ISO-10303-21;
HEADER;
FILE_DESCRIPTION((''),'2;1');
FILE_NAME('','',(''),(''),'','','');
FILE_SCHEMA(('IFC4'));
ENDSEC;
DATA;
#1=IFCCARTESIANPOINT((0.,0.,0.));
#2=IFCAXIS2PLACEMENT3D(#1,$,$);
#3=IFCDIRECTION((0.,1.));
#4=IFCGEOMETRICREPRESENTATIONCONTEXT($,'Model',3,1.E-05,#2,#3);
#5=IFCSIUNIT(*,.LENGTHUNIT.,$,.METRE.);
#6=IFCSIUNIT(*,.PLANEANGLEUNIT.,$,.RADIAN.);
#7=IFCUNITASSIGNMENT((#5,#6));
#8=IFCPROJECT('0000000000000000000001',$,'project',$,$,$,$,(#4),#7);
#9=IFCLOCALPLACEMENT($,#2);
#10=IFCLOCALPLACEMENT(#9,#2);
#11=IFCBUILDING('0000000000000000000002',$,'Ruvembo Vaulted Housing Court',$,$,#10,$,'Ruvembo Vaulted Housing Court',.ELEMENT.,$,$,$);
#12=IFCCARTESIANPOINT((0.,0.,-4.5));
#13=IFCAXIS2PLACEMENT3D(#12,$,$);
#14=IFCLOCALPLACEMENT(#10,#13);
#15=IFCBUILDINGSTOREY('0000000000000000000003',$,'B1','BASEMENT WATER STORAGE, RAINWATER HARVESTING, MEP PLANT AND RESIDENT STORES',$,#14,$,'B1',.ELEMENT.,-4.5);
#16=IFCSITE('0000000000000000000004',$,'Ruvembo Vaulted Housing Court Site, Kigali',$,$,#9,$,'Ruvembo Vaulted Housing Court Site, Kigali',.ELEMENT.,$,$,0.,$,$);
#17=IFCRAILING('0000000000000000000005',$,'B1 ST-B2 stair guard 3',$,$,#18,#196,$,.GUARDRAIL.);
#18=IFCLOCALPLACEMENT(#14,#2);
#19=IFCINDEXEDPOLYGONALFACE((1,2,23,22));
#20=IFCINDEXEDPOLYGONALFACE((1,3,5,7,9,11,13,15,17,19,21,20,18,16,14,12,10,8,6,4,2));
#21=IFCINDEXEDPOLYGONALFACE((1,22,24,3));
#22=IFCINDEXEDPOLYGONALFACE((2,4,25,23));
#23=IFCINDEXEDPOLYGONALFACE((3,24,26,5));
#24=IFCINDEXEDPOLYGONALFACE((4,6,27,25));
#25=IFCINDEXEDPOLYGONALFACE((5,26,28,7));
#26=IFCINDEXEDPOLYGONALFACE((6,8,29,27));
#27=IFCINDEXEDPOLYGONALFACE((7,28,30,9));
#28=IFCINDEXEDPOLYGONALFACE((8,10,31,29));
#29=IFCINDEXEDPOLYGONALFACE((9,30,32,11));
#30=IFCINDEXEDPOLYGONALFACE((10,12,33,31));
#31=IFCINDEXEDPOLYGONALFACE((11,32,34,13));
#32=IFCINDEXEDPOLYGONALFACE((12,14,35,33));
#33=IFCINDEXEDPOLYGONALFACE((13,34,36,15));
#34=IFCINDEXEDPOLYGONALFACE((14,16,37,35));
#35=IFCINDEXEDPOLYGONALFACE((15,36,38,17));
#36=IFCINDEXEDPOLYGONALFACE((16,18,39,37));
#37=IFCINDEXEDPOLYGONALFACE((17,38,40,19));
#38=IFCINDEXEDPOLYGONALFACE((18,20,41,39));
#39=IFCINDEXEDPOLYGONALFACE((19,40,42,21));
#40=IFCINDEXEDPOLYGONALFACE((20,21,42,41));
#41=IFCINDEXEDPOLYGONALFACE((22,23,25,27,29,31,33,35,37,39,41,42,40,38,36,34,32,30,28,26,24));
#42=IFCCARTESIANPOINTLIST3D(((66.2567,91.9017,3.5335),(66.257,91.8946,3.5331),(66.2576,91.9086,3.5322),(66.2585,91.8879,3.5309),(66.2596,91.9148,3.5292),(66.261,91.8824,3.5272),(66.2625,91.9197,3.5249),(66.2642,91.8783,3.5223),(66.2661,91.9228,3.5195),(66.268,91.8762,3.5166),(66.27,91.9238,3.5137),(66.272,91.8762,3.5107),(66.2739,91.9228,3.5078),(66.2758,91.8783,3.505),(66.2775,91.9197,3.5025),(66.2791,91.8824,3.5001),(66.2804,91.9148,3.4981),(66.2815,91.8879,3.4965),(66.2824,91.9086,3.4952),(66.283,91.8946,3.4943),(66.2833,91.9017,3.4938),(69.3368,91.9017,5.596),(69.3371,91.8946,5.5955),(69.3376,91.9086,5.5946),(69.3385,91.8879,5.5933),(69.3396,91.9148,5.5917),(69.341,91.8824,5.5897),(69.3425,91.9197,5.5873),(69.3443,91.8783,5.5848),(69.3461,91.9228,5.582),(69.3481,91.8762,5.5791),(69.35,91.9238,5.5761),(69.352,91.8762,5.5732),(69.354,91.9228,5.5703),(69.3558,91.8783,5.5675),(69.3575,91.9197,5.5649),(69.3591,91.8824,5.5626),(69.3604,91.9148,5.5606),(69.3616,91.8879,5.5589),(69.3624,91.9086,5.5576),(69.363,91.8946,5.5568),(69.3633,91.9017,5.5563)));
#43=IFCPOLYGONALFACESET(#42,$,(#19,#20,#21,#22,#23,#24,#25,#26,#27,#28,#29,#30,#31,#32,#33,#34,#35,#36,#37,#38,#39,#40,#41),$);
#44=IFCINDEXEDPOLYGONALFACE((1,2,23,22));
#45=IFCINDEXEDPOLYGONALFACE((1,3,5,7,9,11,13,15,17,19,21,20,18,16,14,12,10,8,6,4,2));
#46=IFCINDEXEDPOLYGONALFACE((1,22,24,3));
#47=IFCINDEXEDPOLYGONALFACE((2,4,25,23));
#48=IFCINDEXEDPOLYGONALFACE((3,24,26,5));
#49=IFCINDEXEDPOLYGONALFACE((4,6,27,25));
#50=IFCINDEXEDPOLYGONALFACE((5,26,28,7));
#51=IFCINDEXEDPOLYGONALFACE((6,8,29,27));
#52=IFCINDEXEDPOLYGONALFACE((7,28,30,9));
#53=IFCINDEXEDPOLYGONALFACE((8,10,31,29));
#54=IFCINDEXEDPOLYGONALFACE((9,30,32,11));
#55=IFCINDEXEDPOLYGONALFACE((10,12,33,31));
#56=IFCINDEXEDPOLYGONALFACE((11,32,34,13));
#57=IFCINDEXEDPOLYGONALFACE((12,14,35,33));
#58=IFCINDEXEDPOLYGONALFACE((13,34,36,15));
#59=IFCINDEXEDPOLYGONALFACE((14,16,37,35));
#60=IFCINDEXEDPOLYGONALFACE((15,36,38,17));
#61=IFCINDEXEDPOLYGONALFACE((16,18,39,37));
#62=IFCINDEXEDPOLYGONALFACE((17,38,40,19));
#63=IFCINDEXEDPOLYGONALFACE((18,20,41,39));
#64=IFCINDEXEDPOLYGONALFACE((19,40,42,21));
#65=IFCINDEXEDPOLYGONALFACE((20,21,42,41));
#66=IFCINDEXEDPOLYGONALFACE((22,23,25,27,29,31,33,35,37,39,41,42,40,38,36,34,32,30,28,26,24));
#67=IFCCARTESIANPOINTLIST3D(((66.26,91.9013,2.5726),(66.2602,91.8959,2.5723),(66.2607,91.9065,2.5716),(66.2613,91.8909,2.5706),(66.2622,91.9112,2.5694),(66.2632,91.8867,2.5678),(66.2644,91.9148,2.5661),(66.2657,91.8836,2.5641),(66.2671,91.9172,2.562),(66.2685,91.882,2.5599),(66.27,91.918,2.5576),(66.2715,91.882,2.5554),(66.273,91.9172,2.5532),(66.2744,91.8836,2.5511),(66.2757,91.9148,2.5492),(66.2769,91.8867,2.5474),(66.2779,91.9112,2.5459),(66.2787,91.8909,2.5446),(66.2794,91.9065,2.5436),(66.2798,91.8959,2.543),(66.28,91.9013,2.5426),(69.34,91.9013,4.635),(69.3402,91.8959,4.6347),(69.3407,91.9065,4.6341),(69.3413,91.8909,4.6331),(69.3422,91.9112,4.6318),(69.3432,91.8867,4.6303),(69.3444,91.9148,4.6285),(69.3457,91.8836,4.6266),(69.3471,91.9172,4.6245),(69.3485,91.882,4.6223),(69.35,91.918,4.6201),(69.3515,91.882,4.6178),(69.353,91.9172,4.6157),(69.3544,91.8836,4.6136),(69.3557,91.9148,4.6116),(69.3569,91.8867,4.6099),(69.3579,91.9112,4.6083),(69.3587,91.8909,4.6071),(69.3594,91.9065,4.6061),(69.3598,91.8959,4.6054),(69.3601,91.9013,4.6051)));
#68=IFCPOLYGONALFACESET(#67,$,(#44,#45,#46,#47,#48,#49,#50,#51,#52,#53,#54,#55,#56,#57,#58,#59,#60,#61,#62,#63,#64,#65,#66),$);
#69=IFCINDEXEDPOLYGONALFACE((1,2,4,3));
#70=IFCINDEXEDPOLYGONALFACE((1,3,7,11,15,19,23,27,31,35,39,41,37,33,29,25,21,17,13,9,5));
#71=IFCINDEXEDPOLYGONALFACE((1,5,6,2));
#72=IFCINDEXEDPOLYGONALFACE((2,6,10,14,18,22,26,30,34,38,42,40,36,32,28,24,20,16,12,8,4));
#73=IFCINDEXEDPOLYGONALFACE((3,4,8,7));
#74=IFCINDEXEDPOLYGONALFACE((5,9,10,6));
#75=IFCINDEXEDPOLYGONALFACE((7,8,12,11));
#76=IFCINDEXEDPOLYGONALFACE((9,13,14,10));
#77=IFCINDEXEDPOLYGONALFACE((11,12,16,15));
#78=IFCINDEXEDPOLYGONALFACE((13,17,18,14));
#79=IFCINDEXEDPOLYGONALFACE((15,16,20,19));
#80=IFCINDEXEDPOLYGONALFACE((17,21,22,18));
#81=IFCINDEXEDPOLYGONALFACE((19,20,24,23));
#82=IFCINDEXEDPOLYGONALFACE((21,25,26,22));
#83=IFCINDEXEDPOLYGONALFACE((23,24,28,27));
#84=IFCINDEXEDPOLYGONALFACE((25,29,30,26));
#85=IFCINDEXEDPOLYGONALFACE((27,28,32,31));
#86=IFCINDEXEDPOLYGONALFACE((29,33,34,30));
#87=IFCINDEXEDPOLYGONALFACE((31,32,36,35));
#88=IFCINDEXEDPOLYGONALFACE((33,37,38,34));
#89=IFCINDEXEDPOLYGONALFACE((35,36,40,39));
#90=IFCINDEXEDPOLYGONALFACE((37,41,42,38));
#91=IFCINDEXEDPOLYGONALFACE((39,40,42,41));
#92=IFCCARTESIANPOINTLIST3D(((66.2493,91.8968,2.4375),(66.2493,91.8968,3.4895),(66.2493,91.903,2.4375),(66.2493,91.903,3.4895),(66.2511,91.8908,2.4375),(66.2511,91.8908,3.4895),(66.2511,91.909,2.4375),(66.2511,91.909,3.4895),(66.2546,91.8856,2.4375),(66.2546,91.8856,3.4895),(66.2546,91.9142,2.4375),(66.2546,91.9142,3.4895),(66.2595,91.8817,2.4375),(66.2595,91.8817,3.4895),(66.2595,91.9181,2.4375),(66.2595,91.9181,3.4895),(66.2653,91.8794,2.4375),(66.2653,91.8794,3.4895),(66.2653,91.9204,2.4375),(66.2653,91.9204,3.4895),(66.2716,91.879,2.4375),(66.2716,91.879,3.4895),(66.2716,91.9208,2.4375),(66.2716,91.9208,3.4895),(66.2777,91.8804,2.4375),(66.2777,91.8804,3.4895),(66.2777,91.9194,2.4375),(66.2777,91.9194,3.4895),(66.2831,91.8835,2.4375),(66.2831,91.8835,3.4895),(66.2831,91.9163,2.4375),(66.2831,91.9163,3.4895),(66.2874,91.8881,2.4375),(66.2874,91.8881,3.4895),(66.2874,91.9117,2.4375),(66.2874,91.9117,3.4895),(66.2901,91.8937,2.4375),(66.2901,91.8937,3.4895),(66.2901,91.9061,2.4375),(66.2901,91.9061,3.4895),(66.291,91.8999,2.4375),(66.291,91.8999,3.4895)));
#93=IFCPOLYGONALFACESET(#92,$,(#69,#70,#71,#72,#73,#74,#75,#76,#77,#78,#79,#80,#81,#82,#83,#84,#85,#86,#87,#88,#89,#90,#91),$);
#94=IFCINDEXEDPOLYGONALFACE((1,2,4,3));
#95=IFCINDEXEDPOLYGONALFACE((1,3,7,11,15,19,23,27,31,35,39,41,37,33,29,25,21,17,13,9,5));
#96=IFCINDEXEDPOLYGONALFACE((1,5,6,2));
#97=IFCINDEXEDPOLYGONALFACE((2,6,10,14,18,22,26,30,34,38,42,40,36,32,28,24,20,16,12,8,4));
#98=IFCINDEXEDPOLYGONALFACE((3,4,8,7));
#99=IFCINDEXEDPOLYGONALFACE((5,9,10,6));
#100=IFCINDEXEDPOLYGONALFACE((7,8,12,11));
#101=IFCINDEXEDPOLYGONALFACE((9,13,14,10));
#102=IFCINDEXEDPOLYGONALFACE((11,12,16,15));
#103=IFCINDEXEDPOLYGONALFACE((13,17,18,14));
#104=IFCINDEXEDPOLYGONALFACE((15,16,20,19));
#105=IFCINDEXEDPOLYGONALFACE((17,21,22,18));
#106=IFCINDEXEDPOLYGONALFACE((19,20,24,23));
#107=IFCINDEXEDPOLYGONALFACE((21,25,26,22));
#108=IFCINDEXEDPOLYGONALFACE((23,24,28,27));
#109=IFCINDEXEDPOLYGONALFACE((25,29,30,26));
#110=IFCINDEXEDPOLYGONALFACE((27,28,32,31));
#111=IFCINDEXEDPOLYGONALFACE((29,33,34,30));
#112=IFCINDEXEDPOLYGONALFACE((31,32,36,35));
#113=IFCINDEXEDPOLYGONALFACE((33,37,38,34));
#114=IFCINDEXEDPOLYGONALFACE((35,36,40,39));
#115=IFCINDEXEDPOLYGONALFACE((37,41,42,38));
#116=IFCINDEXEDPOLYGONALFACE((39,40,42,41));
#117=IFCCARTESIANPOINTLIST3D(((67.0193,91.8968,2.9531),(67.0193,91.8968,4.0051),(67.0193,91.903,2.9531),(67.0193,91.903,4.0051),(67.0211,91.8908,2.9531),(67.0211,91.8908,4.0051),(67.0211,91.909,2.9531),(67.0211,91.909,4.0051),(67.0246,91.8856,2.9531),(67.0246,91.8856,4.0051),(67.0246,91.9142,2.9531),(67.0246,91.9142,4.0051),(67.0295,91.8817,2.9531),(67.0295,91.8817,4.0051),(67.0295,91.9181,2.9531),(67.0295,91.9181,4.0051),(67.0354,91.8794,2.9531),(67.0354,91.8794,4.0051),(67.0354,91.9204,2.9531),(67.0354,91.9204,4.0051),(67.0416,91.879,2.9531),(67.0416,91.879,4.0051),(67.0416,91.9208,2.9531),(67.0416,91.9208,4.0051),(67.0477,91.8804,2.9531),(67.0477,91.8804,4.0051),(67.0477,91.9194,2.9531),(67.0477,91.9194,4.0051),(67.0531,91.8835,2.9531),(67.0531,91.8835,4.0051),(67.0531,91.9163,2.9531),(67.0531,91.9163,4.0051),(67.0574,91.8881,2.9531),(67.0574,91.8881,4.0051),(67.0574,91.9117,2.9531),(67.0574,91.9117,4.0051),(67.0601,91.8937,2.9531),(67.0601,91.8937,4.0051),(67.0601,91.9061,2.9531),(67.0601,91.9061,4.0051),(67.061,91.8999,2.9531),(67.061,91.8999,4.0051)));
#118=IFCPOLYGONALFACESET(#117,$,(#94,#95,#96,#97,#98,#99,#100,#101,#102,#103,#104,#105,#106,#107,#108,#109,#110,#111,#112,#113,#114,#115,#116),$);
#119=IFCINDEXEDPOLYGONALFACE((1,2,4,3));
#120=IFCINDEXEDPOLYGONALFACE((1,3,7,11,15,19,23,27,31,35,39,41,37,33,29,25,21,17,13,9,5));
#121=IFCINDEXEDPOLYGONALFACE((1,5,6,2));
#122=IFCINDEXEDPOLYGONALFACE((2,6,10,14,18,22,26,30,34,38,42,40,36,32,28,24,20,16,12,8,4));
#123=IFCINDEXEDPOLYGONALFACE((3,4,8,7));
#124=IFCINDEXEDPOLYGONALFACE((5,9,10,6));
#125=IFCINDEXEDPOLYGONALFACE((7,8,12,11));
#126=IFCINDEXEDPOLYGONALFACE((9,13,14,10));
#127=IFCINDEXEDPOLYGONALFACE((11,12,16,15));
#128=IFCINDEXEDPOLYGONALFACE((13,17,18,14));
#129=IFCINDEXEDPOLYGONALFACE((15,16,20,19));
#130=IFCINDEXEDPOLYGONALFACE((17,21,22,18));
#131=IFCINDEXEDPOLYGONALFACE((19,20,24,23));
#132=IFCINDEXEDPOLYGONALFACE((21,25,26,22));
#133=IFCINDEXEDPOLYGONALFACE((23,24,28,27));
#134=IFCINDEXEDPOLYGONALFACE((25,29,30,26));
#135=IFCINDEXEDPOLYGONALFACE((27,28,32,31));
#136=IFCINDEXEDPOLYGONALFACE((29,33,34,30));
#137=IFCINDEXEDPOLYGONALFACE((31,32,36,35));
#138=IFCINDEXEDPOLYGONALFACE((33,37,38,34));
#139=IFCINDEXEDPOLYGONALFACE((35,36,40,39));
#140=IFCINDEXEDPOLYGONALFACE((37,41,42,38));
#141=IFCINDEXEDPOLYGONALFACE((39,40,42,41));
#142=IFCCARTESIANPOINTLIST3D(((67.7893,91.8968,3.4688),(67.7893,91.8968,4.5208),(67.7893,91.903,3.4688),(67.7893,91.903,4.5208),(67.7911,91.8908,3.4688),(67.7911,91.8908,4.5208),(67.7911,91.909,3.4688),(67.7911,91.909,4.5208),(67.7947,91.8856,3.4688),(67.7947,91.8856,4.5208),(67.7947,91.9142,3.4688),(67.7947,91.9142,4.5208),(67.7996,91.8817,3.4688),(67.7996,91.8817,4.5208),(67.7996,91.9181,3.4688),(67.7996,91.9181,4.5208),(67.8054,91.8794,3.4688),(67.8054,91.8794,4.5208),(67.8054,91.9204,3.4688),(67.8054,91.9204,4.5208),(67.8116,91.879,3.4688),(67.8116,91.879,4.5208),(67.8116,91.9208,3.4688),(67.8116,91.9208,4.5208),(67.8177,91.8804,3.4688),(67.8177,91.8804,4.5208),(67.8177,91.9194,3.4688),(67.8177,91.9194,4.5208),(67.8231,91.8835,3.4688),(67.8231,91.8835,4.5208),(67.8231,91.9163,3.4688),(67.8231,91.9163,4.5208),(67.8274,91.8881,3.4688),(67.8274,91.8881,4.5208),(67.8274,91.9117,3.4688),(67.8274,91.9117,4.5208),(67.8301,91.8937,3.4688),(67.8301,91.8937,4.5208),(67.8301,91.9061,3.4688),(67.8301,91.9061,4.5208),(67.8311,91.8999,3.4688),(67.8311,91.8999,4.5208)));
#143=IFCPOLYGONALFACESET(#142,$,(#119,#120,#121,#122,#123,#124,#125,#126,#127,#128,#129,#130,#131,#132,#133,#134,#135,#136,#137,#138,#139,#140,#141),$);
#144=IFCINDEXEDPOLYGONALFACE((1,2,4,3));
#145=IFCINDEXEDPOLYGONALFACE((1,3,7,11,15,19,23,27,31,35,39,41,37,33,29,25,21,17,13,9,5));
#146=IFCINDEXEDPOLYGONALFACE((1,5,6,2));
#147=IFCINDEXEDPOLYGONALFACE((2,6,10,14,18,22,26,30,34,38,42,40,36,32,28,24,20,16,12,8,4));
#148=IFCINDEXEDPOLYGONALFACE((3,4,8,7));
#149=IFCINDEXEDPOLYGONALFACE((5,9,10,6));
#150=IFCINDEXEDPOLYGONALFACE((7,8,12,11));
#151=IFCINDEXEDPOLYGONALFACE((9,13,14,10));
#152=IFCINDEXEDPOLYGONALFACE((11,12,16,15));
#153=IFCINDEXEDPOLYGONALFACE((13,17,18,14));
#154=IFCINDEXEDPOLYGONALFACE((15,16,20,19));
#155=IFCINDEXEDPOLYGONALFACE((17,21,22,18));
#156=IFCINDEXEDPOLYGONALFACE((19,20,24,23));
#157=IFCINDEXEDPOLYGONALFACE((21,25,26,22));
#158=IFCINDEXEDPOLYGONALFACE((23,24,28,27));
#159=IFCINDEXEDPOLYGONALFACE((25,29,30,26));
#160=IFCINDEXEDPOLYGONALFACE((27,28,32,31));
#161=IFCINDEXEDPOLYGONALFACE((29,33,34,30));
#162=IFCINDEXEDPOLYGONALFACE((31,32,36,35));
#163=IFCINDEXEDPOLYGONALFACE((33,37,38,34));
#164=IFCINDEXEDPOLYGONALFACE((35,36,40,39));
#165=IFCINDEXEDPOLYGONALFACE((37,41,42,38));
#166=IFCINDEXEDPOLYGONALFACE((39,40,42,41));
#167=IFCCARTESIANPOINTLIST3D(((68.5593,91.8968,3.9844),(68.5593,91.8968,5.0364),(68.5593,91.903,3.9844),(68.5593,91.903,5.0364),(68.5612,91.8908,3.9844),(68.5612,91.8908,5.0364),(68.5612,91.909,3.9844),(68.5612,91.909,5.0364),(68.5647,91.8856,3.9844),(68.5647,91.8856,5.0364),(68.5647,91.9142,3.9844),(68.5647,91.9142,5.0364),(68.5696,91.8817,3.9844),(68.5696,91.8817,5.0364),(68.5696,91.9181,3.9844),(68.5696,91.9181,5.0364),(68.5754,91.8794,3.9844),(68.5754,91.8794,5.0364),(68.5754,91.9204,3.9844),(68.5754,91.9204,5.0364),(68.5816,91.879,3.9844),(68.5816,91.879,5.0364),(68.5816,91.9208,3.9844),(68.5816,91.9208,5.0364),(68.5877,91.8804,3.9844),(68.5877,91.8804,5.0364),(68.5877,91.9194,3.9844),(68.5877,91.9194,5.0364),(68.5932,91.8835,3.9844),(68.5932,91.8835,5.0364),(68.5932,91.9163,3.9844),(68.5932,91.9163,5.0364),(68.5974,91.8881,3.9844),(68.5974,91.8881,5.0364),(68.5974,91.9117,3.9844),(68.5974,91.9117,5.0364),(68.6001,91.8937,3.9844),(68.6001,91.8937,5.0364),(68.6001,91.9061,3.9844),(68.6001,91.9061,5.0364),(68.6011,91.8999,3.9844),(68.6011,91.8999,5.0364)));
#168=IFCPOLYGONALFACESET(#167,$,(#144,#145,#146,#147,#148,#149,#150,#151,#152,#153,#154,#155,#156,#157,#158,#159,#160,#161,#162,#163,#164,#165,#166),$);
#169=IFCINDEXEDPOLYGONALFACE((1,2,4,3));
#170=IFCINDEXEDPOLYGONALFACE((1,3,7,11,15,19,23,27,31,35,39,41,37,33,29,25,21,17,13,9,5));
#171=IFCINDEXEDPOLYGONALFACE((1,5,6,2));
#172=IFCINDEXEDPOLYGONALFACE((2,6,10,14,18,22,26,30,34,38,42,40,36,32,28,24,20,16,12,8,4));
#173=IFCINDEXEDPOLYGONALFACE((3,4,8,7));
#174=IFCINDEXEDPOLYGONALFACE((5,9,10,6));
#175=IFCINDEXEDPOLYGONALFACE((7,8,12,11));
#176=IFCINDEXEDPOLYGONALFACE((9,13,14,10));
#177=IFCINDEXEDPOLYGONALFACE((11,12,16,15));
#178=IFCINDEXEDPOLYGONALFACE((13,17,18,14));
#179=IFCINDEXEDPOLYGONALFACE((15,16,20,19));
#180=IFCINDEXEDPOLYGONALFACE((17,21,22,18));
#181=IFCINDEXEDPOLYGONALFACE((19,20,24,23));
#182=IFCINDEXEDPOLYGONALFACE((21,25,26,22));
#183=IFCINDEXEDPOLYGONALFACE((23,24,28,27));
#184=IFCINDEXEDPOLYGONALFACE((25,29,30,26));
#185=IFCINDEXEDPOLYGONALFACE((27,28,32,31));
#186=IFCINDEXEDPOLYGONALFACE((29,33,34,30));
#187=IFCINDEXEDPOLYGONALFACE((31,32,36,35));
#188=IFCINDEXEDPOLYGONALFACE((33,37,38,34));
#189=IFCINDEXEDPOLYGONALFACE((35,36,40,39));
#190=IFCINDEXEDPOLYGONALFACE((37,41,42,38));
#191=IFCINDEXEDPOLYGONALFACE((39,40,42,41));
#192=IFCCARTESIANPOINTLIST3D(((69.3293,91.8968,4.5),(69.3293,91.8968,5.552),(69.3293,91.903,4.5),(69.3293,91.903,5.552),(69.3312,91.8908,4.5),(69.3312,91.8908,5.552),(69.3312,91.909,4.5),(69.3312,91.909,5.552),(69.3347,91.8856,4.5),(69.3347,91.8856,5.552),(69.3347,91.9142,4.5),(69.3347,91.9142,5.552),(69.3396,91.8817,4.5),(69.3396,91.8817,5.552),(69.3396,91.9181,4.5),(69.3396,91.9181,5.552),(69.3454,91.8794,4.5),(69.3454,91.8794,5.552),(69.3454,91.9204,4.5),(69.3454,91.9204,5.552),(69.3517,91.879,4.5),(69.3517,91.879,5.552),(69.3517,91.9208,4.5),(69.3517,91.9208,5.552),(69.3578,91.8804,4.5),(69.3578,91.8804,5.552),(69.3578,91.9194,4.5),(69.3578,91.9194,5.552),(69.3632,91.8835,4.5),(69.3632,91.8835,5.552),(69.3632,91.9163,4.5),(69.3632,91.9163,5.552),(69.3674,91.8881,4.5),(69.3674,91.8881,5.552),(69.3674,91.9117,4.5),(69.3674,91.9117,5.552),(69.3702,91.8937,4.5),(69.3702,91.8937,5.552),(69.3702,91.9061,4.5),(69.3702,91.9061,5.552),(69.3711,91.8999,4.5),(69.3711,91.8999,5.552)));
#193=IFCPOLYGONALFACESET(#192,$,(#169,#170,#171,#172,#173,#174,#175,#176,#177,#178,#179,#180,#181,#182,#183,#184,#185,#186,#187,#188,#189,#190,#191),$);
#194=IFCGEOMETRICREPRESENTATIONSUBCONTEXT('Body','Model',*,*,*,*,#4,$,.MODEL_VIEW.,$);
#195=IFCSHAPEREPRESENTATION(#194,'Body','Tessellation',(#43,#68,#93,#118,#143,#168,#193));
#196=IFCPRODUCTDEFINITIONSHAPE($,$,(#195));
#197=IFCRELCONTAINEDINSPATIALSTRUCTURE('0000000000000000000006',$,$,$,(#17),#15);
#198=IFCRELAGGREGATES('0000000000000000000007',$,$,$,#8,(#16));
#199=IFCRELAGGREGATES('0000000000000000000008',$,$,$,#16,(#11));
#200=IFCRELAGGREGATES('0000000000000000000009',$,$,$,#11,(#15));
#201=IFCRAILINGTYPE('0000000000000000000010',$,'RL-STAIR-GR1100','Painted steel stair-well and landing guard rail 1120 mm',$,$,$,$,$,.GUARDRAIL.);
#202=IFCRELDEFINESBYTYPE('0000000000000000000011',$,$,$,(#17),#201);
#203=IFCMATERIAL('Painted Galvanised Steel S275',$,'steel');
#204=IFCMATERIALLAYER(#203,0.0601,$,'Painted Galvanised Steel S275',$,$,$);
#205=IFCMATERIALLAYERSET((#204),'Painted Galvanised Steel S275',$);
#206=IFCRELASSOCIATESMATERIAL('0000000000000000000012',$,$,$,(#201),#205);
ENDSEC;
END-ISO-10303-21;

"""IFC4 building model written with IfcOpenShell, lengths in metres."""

from ifc_helpers import new_model, si_unit, direction, frame, origin, origin_2d, place, context, subcontext, project, spatial, circle, extrude, material, layer, layer_set, type_object, element, save


model = new_model("IFC4")

# Units and contexts
model_context = context("Model", 3, precision=1e-05, world=origin(), true_north=direction((0.0, 1.0)))
body_context = subcontext(model_context, "Body", "Model", "MODEL_VIEW")
ifc_project = project(units=[si_unit("LENGTHUNIT", "METRE"), si_unit("PLANEANGLEUNIT", "RADIAN")], contexts=[model_context])

# Site, building, storey
site_placement = place(None, origin())
site = spatial("IfcSite", under=ifc_project, at=site_placement, Name="Ruvembo Vaulted Housing Court Site, Kigali", LongName="Ruvembo Vaulted Housing Court Site, Kigali", CompositionType="ELEMENT", RefElevation=0.0)
building_placement = place(site_placement, origin())
building = spatial("IfcBuilding", under=site, at=building_placement, Name="Ruvembo Vaulted Housing Court", LongName="Ruvembo Vaulted Housing Court", CompositionType="ELEMENT")
storey_placement = place(building_placement, frame((0.0, 0.0, -4.5)))
storey = spatial("IfcBuildingStorey", under=building, at=storey_placement, Name="B1", Description="BASEMENT WATER STORAGE, RAINWATER HARVESTING, MEP PLANT AND RESIDENT STORES", LongName="B1", CompositionType="ELEMENT", Elevation=-4.5)

# Railing
ifc_material_1 = material(Name="Painted Galvanised Steel S275", Category="steel")
ifc_layer_1 = layer(ifc_material_1, 0.0601, Name="Painted Galvanised Steel S275")
ifc_layer_set_1 = layer_set([ifc_layer_1], Name="Painted Galvanised Steel S275")
railing_type_1 = type_object("IfcRailingType", Name="RL-STAIR-GR1100", Description="Painted steel stair-well and landing guard rail 1120 mm", PredefinedType="GUARDRAIL", material=ifc_layer_set_1)
railing_1_placement = place(storey_placement, frame((66.27, 91.8999, 2.4375)))
element("IfcRailing", 1, at=railing_1_placement, inside=storey, type_object=railing_type_1, Name="B1 ST-B2 stair guard 3", PredefinedType="GUARDRAIL", context=body_context, shape_type="SweptSolid", body=[
    extrude(circle(Radius=0.0239, at=origin_2d()), frame((0.0, 0.0, 1.0762), z_axis=(0.830914, 0.0, 0.556401), x_axis=(0.0, 1.0, 0.0)), (0.0, 0.0, 1.0), 3.7068),
    extrude(circle(Radius=0.0181, at=origin_2d()), frame((0.0, 0.0, 0.1201), z_axis=(0.830914, 0.0, 0.556401), x_axis=(0.0, 1.0, 0.0)), (0.0, 0.0, 1.0), 3.7068),
    extrude(circle(Radius=0.021, at=origin_2d()), origin(), (0.0, 0.0, 1.0), 1.052),
    extrude(circle(Radius=0.021, at=origin_2d()), frame((0.77, 0.0, 0.5156)), (0.0, 0.0, 1.0), 1.052),
    extrude(circle(Radius=0.021, at=origin_2d()), frame((1.54, 0.0, 1.0312)), (0.0, 0.0, 1.0), 1.052),
    extrude(circle(Radius=0.021, at=origin_2d()), frame((2.3101, 0.0, 1.5469)), (0.0, 0.0, 1.0), 1.052),
    extrude(circle(Radius=0.021, at=origin_2d()), frame((3.0801, 0.0, 2.0625)), (0.0, 0.0, 1.0), 1.052),
])

save(model, "model.ifc")
